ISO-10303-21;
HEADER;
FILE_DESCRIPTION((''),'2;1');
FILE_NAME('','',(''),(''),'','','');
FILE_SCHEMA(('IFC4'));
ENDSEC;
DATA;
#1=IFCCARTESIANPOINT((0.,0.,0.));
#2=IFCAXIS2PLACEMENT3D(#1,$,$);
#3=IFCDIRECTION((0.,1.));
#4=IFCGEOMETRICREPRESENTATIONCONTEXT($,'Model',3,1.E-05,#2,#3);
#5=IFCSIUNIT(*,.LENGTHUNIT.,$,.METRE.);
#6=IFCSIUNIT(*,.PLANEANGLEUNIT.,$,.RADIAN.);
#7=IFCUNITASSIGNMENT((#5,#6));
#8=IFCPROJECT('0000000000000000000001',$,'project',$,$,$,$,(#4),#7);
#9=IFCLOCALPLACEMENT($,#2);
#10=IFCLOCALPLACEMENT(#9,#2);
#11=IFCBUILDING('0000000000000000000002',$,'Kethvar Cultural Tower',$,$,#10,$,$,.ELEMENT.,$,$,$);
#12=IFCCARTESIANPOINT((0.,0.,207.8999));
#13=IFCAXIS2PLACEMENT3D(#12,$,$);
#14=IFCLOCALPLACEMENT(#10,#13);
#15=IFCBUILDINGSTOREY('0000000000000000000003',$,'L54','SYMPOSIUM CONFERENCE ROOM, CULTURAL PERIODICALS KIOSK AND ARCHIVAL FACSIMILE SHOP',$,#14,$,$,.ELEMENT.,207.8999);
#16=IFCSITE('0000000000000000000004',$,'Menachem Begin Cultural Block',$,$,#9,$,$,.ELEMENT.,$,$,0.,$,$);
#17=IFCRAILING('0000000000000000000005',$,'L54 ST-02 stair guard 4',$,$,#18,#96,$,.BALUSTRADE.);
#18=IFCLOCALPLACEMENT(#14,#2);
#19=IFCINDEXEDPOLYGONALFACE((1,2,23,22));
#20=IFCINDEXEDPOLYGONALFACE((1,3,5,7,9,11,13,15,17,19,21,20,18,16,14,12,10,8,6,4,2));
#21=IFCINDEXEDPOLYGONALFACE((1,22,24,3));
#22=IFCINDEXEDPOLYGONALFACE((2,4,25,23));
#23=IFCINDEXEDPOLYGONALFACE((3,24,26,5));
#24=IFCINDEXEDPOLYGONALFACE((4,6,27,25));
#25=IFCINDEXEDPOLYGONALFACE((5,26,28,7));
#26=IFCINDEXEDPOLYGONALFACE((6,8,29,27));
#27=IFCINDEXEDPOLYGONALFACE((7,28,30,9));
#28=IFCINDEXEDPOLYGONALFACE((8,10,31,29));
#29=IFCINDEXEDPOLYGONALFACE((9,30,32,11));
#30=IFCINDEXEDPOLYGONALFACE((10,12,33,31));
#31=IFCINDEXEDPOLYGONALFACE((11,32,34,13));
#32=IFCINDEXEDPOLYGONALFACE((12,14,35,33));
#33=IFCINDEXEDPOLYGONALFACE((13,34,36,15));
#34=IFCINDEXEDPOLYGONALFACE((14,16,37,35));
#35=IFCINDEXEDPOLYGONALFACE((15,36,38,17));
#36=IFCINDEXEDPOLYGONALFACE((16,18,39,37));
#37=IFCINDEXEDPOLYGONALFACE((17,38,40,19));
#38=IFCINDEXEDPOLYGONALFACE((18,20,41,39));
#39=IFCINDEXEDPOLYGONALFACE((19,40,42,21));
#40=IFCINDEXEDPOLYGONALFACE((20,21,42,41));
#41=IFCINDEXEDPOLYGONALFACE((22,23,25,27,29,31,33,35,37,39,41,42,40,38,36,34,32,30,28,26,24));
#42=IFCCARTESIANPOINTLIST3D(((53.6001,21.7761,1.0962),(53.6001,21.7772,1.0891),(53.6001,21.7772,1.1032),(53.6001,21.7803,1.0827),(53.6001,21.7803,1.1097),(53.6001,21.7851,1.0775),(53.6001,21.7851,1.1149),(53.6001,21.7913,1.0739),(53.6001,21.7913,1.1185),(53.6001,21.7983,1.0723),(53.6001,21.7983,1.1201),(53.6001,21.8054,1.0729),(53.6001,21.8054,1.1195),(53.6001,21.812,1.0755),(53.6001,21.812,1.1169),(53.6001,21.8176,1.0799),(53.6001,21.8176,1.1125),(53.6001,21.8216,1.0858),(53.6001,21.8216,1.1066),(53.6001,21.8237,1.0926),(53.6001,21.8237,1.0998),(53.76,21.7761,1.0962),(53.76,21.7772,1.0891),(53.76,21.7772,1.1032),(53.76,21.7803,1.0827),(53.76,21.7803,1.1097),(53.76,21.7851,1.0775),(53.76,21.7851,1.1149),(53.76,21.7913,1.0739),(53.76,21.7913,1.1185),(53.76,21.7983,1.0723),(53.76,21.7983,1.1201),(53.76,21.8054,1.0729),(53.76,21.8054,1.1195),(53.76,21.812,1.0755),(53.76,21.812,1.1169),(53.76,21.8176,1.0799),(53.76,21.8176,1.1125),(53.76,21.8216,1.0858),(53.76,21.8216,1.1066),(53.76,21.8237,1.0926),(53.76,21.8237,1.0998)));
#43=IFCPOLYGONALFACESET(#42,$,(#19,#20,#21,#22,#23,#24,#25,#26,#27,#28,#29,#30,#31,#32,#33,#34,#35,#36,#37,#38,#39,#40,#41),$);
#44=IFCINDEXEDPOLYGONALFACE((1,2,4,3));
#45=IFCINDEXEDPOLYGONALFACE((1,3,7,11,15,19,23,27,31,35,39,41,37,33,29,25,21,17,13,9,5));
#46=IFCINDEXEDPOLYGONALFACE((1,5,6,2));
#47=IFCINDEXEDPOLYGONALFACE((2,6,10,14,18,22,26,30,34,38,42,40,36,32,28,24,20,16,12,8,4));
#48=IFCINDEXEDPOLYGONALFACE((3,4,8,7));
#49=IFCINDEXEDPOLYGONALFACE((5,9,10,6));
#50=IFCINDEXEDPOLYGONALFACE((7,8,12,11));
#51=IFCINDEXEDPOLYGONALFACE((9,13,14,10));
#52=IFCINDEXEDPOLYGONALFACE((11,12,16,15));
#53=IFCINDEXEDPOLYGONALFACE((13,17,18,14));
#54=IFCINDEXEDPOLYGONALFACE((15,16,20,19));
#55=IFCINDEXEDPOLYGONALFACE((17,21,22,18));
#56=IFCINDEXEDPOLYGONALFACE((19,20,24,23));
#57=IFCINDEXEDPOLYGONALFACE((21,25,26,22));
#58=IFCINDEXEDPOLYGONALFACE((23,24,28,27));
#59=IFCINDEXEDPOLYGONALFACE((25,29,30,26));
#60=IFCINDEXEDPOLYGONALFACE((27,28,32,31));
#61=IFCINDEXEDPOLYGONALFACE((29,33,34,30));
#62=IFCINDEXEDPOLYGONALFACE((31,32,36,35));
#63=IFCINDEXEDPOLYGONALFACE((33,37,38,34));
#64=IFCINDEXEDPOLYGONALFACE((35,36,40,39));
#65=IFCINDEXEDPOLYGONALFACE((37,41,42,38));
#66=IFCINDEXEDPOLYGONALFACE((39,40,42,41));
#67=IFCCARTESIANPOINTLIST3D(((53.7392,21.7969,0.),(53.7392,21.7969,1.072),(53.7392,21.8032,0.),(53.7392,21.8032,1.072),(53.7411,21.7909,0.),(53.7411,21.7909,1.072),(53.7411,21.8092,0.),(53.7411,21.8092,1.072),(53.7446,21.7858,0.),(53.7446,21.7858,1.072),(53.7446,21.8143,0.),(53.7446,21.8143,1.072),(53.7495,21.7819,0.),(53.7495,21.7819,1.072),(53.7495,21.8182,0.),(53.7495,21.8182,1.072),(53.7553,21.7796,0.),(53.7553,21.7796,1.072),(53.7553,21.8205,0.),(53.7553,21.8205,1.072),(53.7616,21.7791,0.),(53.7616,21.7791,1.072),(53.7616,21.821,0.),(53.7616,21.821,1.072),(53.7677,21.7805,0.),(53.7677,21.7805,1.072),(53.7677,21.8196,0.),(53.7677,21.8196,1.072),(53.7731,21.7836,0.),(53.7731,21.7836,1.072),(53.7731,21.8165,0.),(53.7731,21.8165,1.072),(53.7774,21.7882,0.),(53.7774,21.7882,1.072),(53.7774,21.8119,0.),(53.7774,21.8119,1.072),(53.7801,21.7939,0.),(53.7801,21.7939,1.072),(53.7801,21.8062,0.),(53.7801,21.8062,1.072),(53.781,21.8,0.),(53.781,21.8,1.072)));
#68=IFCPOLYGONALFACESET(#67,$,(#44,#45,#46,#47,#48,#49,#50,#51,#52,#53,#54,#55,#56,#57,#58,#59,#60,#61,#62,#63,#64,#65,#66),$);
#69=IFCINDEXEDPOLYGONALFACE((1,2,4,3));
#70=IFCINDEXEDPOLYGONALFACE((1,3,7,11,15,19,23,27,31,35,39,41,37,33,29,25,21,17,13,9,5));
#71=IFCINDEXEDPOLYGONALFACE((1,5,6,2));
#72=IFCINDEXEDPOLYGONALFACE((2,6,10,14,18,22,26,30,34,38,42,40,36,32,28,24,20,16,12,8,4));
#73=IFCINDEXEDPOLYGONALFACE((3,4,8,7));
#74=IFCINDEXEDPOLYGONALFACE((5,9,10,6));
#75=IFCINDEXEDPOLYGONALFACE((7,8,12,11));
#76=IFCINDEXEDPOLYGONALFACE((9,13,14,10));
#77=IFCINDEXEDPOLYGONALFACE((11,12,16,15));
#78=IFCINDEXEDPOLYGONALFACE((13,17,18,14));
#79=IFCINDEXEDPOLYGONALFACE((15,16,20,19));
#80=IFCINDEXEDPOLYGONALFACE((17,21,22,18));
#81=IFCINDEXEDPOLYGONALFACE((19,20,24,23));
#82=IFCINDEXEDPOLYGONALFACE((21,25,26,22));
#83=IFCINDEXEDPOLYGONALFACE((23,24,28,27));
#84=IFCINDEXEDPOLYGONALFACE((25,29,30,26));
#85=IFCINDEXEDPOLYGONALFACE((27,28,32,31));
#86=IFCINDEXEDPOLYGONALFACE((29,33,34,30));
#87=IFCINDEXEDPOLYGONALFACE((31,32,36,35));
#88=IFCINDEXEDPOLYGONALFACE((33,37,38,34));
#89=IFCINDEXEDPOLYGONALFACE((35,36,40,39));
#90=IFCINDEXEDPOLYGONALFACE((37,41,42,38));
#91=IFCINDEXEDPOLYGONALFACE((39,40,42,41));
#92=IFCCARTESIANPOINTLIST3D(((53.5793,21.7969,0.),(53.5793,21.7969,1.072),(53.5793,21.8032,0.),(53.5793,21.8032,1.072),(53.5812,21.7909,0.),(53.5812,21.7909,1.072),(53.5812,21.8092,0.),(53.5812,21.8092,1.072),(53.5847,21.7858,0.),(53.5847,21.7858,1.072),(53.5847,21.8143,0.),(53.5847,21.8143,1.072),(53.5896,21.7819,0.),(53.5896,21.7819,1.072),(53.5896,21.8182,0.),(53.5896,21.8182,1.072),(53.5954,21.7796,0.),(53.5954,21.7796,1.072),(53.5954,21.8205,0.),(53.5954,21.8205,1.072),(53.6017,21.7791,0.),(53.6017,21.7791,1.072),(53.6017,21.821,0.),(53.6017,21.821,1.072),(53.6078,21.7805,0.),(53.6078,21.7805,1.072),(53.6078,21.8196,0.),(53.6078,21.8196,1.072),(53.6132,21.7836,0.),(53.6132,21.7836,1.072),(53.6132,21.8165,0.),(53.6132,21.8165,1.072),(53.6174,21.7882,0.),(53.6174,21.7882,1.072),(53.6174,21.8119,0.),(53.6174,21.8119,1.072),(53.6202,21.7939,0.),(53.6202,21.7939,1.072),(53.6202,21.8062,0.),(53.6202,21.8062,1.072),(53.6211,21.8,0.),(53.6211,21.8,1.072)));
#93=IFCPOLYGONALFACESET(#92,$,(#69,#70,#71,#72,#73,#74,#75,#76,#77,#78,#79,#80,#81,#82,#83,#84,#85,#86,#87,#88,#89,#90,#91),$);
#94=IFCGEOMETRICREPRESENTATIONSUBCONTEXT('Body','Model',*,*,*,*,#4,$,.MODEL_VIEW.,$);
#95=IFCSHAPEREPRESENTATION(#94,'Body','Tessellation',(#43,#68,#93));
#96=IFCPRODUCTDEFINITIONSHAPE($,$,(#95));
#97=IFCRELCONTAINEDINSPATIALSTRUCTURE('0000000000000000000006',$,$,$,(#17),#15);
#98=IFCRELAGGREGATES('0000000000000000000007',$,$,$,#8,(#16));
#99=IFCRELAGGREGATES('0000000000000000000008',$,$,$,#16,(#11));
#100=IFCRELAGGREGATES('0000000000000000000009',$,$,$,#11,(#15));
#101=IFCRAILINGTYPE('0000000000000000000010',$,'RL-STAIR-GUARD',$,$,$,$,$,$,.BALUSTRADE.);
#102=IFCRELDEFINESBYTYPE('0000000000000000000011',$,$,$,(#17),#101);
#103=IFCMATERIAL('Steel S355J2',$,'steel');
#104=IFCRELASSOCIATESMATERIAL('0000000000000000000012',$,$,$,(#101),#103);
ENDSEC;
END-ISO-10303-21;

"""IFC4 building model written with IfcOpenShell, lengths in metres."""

from ifc_helpers import new_model, si_unit, direction, frame, origin, origin_2d, place, context, subcontext, project, spatial, circle, extrude, material, type_object, element, save


model = new_model("IFC4")

# Units and contexts
model_context = context("Model", 3, precision=1e-05, world=origin(), true_north=direction((0.0, 1.0)))
body_context = subcontext(model_context, "Body", "Model", "MODEL_VIEW")
ifc_project = project(units=[si_unit("LENGTHUNIT", "METRE"), si_unit("PLANEANGLEUNIT", "RADIAN")], contexts=[model_context])

# Site, building, storey
site_placement = place(None, origin())
site = spatial("IfcSite", under=ifc_project, at=site_placement, Name="Menachem Begin Cultural Block", CompositionType="ELEMENT", RefElevation=0.0)
building_placement = place(site_placement, origin())
building = spatial("IfcBuilding", under=site, at=building_placement, Name="Kethvar Cultural Tower", CompositionType="ELEMENT")
storey_placement = place(building_placement, frame((0.0, 0.0, 207.8999)))
storey = spatial("IfcBuildingStorey", under=building, at=storey_placement, Name="L54", Description="SYMPOSIUM CONFERENCE ROOM, CULTURAL PERIODICALS KIOSK AND ARCHIVAL FACSIMILE SHOP", CompositionType="ELEMENT", Elevation=207.8999)

# Shared definitions
ifc_material_1 = material(Name="Steel S355J2", Category="steel")

# Railing
railing_type_1 = type_object("IfcRailingType", Name="RL-STAIR-GUARD", PredefinedType="BALUSTRADE", material=ifc_material_1)
railing_1_placement = place(storey_placement, frame((53.76, 21.8, 0.0)))
element("IfcRailing", 1, at=railing_1_placement, inside=storey, type_object=railing_type_1, Name="L54 ST-02 stair guard 4", PredefinedType="BALUSTRADE", context=body_context, shape_type="SweptSolid", body=[
    extrude(circle(Radius=0.0239, at=origin_2d()), frame((0.0, 0.0, 1.0962), z_axis=(-1.0, 0.0, 0.0), x_axis=(0.0, -1.0, 0.0)), (0.0, 0.0, 1.0), 0.1599),
    extrude(circle(Radius=0.021, at=origin_2d()), origin(), (0.0, 0.0, 1.0), 1.072),
    extrude(circle(Radius=0.021, at=origin_2d()), frame((-0.1599, 0.0, 0.0)), (0.0, 0.0, 1.0), 1.072),
])

save(model, "model.ifc")
